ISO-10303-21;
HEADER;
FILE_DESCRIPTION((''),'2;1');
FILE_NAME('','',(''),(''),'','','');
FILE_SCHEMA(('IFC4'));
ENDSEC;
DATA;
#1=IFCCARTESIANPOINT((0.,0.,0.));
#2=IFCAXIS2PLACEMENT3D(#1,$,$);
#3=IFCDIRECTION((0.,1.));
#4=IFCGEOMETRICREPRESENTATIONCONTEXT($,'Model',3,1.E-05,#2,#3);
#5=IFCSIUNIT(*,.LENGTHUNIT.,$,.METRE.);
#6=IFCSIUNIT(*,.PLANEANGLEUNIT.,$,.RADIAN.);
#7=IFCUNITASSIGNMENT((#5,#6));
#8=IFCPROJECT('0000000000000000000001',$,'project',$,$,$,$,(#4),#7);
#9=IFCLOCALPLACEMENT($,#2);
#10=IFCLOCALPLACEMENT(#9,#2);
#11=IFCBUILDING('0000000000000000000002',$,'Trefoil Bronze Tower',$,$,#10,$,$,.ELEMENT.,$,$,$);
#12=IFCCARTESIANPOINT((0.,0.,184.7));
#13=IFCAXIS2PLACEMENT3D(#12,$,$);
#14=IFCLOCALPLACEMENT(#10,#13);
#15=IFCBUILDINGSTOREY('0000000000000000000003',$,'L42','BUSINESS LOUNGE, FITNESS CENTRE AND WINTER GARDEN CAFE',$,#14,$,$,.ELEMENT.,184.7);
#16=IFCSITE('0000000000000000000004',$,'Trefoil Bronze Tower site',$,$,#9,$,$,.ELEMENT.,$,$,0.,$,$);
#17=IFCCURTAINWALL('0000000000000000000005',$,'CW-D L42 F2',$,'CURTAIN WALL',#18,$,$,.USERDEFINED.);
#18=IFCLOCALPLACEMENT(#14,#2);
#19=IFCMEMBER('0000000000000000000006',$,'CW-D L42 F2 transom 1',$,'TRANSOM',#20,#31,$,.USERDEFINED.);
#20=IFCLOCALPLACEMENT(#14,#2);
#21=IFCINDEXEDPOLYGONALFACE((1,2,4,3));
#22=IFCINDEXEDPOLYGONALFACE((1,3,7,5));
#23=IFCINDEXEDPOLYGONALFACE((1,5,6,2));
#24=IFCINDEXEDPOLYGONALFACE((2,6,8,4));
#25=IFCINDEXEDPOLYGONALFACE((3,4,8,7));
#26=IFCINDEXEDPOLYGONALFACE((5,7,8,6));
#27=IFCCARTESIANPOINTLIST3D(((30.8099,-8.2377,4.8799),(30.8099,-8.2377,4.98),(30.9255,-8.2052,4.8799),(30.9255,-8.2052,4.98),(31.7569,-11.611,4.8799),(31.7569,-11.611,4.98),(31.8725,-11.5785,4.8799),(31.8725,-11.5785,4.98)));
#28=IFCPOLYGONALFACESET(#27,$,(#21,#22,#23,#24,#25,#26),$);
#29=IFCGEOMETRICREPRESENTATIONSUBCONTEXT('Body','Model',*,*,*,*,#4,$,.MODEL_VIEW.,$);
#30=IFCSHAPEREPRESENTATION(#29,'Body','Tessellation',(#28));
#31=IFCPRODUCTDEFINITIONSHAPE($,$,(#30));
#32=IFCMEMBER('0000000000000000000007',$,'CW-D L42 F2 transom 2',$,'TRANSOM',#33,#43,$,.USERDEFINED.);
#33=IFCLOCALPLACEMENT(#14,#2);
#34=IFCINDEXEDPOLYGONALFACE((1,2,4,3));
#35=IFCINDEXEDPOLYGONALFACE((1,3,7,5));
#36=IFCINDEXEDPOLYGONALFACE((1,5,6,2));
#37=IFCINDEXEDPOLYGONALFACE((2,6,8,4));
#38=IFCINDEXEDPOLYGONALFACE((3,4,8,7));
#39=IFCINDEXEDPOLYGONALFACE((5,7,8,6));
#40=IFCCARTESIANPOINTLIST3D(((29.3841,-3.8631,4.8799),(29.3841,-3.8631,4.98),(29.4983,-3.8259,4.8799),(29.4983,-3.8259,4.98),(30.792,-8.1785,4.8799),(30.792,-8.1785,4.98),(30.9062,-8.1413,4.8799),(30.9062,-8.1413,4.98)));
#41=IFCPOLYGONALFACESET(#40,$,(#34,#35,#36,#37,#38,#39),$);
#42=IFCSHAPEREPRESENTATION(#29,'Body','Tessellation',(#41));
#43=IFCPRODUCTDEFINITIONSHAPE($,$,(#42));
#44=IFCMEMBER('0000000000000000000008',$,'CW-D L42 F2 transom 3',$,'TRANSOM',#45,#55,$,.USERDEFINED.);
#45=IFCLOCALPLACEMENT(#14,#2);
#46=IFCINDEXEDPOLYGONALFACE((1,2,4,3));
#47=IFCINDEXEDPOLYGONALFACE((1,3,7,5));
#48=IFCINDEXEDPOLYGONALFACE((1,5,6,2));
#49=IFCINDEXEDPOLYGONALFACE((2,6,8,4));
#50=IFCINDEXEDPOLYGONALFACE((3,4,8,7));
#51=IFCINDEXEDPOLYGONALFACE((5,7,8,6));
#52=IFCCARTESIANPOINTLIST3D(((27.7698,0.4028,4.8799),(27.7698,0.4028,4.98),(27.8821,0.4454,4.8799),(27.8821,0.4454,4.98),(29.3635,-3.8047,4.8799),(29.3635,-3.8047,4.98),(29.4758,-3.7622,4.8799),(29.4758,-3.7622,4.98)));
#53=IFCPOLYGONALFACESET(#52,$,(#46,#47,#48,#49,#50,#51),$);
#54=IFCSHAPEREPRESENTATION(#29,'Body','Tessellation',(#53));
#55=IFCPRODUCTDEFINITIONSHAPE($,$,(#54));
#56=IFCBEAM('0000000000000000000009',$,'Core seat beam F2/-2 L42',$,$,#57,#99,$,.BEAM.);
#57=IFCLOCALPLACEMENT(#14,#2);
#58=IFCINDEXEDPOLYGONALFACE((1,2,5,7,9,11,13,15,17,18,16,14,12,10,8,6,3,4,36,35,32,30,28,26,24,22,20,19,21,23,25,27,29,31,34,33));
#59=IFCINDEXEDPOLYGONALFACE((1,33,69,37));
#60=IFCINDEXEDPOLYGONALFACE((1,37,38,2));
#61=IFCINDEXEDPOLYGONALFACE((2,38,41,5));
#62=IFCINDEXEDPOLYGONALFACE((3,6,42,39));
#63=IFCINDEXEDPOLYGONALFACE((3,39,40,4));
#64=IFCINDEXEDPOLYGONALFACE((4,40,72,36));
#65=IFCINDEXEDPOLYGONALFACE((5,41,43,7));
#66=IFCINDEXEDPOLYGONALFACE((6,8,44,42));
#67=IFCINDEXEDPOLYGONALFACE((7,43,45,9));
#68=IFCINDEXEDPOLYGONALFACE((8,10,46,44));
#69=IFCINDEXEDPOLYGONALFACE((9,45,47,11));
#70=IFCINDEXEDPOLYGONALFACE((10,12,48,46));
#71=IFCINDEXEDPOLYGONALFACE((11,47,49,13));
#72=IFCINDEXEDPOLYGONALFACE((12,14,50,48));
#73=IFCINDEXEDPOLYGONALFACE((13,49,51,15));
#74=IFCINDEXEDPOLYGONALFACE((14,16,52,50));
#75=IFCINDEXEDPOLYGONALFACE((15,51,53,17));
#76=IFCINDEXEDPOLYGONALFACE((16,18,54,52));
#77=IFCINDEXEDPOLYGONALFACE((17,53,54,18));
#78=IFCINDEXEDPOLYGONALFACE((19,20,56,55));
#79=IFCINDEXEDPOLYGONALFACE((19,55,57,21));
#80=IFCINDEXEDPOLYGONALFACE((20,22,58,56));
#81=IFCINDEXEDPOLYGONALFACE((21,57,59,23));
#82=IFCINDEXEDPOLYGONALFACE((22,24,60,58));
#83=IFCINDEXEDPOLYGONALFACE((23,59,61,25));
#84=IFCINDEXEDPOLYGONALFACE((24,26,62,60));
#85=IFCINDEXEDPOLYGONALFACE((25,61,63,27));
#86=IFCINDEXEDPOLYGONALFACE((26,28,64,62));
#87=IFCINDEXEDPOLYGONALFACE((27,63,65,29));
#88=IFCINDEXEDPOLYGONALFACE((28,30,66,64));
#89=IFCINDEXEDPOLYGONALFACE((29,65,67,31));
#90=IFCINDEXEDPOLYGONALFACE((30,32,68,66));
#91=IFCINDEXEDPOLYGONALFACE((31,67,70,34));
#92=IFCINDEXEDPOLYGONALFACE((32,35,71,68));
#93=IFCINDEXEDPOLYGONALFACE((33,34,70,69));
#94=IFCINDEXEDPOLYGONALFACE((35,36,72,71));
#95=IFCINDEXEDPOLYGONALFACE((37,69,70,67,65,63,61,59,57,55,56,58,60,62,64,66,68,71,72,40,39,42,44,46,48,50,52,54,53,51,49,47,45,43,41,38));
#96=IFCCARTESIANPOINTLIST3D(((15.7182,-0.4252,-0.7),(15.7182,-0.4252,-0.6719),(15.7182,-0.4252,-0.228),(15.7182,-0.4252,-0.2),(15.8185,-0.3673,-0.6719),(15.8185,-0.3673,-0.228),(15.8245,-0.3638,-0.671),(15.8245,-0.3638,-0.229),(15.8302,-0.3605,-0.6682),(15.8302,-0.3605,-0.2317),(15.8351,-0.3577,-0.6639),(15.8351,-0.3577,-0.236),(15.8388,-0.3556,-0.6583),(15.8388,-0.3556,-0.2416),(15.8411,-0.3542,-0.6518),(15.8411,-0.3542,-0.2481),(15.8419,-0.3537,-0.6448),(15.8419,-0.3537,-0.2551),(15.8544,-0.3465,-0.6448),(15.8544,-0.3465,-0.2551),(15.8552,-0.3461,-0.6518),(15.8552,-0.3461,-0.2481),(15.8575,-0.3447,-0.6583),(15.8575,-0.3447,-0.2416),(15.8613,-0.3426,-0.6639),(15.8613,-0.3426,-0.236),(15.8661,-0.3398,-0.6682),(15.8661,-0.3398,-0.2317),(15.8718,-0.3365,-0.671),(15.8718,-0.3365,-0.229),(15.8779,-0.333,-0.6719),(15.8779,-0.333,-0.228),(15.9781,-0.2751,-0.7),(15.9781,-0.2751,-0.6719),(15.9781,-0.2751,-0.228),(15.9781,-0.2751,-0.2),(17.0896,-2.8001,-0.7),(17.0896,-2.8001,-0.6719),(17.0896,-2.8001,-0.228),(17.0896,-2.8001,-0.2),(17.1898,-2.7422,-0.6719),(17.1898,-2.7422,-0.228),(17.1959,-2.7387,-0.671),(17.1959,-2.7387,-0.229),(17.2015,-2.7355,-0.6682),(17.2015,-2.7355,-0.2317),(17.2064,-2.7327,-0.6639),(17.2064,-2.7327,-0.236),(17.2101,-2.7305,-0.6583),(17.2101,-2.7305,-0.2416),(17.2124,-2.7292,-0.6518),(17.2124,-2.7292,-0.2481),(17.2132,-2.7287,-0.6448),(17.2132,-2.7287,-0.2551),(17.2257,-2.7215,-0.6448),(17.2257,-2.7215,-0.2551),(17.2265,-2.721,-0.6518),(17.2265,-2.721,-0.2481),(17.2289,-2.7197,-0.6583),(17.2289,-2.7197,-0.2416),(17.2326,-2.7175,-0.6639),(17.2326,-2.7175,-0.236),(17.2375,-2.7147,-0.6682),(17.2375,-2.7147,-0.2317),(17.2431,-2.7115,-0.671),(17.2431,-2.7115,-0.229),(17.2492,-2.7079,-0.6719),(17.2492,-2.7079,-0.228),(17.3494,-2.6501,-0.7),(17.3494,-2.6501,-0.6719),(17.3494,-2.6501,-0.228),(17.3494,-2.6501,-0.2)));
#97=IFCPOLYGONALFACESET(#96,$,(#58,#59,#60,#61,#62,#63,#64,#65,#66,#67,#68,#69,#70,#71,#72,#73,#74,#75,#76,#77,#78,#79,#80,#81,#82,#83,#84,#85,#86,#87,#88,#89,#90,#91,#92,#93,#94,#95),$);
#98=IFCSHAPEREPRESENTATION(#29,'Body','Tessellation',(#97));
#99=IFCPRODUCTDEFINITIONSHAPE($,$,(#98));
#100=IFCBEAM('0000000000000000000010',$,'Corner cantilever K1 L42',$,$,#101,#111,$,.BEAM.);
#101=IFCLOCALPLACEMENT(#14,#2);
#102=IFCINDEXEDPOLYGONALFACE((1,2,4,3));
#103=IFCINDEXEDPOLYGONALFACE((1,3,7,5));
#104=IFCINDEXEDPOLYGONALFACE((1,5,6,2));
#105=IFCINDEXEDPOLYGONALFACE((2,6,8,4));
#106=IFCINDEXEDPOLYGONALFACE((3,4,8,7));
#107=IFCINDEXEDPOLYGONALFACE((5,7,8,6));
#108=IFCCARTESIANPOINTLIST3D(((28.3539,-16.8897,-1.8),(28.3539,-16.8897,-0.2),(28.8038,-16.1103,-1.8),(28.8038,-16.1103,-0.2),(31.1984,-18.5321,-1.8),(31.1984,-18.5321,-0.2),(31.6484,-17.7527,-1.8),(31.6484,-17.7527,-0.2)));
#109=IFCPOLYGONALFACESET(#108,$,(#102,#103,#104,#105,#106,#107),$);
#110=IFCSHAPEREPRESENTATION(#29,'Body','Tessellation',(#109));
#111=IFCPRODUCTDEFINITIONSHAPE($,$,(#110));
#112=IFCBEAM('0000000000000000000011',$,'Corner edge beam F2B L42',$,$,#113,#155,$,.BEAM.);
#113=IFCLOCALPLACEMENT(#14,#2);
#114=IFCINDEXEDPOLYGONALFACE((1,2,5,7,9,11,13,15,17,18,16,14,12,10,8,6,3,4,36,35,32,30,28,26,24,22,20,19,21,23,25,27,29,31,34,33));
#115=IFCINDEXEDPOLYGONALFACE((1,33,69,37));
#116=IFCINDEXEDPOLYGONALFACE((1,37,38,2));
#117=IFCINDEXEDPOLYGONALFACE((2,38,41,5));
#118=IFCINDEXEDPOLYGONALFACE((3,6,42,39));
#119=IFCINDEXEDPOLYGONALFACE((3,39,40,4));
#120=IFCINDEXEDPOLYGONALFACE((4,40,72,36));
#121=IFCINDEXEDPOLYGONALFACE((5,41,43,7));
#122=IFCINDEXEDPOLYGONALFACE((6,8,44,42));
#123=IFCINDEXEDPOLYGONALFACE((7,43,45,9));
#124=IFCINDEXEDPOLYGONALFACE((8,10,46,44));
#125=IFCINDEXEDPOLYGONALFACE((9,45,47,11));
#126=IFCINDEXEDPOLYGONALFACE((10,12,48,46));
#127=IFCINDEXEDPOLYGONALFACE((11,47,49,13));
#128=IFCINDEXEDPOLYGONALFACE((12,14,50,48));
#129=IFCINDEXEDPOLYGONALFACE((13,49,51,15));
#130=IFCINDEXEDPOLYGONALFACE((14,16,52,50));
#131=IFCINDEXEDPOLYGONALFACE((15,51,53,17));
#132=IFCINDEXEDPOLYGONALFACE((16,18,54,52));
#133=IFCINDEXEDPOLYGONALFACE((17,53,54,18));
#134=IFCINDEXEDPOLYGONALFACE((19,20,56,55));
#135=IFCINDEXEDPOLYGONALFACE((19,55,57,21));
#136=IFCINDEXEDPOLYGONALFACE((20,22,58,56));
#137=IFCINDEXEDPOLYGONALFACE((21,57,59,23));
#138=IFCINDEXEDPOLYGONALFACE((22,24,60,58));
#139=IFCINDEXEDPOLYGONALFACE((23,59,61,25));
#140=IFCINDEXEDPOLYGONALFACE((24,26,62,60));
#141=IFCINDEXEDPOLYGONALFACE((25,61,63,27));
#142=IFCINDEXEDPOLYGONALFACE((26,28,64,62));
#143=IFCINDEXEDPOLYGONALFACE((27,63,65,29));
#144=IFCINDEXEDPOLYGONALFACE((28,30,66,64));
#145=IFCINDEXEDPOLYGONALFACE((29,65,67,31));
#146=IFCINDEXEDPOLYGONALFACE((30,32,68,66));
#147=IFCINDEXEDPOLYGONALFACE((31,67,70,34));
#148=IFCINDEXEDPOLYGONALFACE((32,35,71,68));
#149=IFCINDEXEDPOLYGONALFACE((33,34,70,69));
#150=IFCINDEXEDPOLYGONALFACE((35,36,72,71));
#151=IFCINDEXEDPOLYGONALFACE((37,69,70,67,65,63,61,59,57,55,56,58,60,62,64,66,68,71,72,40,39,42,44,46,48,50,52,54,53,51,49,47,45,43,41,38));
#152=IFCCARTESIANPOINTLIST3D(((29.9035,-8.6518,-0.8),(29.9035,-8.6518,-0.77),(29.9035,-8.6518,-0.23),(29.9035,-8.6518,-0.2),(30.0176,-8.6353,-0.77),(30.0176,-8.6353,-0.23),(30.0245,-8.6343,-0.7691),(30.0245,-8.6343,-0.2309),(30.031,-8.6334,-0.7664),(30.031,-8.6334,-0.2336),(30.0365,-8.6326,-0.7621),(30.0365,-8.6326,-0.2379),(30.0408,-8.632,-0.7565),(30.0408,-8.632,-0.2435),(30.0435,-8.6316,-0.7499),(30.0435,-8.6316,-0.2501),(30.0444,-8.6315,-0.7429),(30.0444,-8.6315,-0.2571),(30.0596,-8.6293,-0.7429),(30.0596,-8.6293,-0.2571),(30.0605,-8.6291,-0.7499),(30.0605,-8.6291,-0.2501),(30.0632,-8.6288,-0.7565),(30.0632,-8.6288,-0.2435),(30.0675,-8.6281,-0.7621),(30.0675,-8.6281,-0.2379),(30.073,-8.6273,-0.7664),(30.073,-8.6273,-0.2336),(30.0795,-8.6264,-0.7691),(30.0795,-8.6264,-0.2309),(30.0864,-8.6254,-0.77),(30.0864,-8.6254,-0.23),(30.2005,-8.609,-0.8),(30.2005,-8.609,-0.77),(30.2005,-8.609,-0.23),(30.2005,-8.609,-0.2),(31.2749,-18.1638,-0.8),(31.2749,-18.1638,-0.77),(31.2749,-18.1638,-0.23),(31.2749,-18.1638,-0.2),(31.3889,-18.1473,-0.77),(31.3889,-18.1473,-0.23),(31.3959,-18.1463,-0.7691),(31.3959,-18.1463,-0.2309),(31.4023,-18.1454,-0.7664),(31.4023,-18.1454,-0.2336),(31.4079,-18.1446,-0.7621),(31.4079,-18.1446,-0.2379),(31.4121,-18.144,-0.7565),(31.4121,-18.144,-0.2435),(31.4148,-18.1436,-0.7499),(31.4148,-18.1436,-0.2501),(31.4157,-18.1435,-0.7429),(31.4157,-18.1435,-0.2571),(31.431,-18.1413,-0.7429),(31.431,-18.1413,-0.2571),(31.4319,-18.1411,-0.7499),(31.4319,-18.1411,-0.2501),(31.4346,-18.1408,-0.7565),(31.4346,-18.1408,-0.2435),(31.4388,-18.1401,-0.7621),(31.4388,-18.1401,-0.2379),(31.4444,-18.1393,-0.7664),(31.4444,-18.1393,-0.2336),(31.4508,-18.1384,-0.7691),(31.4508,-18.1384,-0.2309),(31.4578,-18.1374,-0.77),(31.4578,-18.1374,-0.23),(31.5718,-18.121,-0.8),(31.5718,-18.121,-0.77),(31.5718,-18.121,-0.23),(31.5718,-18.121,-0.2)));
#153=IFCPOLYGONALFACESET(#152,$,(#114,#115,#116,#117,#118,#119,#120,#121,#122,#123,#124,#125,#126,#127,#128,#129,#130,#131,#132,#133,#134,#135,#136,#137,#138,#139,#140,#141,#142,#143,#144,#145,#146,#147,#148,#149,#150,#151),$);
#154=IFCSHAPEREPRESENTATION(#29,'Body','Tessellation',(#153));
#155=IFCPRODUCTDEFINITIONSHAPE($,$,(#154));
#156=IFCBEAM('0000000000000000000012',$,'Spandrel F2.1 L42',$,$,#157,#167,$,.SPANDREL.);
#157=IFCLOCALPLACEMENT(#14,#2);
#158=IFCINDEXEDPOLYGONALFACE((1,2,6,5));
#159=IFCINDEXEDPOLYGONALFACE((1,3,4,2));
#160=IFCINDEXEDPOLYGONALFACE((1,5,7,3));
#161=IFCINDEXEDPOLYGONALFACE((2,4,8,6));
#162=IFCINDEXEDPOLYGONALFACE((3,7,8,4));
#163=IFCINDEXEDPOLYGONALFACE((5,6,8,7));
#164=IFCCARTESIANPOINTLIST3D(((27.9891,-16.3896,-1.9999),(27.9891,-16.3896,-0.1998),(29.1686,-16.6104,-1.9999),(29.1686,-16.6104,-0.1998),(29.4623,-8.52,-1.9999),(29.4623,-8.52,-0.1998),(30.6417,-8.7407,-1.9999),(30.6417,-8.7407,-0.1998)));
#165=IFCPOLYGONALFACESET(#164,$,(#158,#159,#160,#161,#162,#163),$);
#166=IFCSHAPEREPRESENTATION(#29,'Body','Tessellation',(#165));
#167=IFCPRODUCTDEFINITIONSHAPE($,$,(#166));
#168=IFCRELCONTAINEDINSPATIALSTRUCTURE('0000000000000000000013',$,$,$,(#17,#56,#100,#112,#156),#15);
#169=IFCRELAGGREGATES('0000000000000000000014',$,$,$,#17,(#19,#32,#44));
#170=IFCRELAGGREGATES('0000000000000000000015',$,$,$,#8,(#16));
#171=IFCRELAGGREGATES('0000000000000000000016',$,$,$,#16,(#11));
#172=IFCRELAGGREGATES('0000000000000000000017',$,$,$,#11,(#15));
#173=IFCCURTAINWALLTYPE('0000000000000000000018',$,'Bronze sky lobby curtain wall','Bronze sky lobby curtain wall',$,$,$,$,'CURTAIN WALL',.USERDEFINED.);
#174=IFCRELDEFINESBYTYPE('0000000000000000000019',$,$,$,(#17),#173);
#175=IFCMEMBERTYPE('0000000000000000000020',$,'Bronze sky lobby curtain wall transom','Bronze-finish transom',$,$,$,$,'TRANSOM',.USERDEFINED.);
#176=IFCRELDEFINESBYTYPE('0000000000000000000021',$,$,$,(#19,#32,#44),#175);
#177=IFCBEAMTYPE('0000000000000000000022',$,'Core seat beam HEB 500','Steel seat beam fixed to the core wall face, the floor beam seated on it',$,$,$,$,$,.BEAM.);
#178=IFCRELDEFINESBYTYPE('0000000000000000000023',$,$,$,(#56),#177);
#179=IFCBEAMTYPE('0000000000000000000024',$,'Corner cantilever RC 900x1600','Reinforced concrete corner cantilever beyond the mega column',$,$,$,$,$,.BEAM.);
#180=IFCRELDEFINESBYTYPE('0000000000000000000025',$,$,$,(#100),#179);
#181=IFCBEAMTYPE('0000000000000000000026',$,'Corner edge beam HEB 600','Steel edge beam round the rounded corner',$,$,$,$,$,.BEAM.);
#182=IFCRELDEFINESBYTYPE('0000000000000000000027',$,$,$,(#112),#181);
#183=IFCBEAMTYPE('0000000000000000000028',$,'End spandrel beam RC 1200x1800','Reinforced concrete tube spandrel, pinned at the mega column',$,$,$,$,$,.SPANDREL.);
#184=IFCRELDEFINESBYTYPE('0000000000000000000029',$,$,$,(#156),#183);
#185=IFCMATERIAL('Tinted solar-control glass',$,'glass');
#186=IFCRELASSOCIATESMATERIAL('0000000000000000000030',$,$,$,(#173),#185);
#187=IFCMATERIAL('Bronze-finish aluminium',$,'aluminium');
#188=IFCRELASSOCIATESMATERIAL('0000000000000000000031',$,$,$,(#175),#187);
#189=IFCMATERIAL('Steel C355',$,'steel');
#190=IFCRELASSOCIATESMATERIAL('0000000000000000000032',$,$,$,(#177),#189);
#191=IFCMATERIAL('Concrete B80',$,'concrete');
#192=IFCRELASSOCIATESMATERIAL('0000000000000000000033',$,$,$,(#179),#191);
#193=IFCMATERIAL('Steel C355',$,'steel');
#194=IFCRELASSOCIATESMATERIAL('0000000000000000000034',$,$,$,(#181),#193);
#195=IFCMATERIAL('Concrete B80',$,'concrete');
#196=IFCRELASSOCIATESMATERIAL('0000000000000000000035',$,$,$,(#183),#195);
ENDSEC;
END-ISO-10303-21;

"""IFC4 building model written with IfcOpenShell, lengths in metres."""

from ifc_helpers import new_model, si_unit, direction, frame, origin, origin_2d, place, context, subcontext, project, spatial, rectangle, i_section, extrude, material, material_profile, profile_set, type_object, element, aggregate, save


model = new_model("IFC4")

# Units and contexts
model_context = context("Model", 3, precision=1e-05, world=origin(), true_north=direction((0.0, 1.0)))
body_context = subcontext(model_context, "Body", "Model", "MODEL_VIEW")
ifc_project = project(units=[si_unit("LENGTHUNIT", "METRE"), si_unit("PLANEANGLEUNIT", "RADIAN")], contexts=[model_context])

# Site, building, storey
site_placement = place(None, origin())
site = spatial("IfcSite", under=ifc_project, at=site_placement, Name="Trefoil Bronze Tower site", CompositionType="ELEMENT", RefElevation=0.0)
building_placement = place(site_placement, origin())
building = spatial("IfcBuilding", under=site, at=building_placement, Name="Trefoil Bronze Tower", CompositionType="ELEMENT")
storey_placement = place(building_placement, frame((0.0, 0.0, 184.7)))
storey = spatial("IfcBuildingStorey", under=building, at=storey_placement, Name="L42", Description="BUSINESS LOUNGE, FITNESS CENTRE AND WINTER GARDEN CAFE", CompositionType="ELEMENT", Elevation=184.7)

# Curtain wall, members
ifc_material_1 = material(Name="Tinted solar-control glass", Category="glass")
curtain_wall_type_1 = type_object("IfcCurtainWallType", Name="Bronze sky lobby curtain wall", Description="Bronze sky lobby curtain wall", ElementType="CURTAIN WALL", PredefinedType="USERDEFINED", material=ifc_material_1)
curtain_wall_1_placement = place(storey_placement, origin())
curtain_wall_1 = element("IfcCurtainWall", 1, at=curtain_wall_1_placement, inside=storey, type_object=curtain_wall_type_1, Name="CW-D L42 F2", ObjectType="CURTAIN WALL", PredefinedType="USERDEFINED")
ifc_material_2 = material(Name="Bronze-finish aluminium", Category="aluminium")
ifc_material_profile_1 = material_profile(ifc_material_2, rectangle(XDim=0.1201, YDim=0.1001, at=origin_2d()), Name="CW-D transom")
ifc_profile_set_1 = profile_set([ifc_material_profile_1], Name="Bronze-finish aluminium")
member_type_1 = type_object("IfcMemberType", Name="Bronze sky lobby curtain wall transom", Description="Bronze-finish transom", ElementType="TRANSOM", PredefinedType="USERDEFINED", material=ifc_profile_set_1)
member_1_placement = place(storey_placement, frame((31.8147, -11.5947, 4.9299), z_axis=(-0.270292, 0.962779, 0.0), x_axis=(-0.962779, -0.270292, 0.0)))
member_1 = element("IfcMember", 2, at=member_1_placement, type_object=member_type_1, Name="CW-D L42 F2 transom 1", ObjectType="TRANSOM", PredefinedType="USERDEFINED", context=body_context, shape_type="SweptSolid", body=[
    extrude(rectangle(XDim=0.1201, YDim=0.1001, at=origin_2d()), origin(), (0.0, 0.0, 1.0), 3.5037),
])
member_2_placement = place(storey_placement, frame((30.8491, -8.1599, 4.9299), z_axis=(-0.310171, 0.950681, 0.0), x_axis=(-0.950681, -0.310171, 0.0)))
member_2 = element("IfcMember", 3, at=member_2_placement, type_object=member_type_1, Name="CW-D L42 F2 transom 2", ObjectType="TRANSOM", PredefinedType="USERDEFINED", context=body_context, shape_type="SweptSolid", body=[
    extrude(rectangle(XDim=0.1201, YDim=0.1001, at=origin_2d()), origin(), (0.0, 0.0, 1.0), 4.5393),
])
member_3_placement = place(storey_placement, frame((29.4197, -3.7834, 4.9299), z_axis=(-0.354226, 0.93516, 0.0), x_axis=(-0.93516, -0.354226, 0.0)))
member_3 = element("IfcMember", 4, at=member_3_placement, type_object=member_type_1, Name="CW-D L42 F2 transom 3", ObjectType="TRANSOM", PredefinedType="USERDEFINED", context=body_context, shape_type="SweptSolid", body=[
    extrude(rectangle(XDim=0.1201, YDim=0.1001, at=origin_2d()), origin(), (0.0, 0.0, 1.0), 4.4993),
])

# Beams
ifc_material_3 = material(Name="Steel C355", Category="steel")
ifc_material_profile_2 = material_profile(ifc_material_3, i_section(OverallWidth=0.3, OverallDepth=0.5, WebThickness=0.0144, FlangeThickness=0.0281, FilletRadius=0.0271, at=origin_2d()), Name="HEB 500")
ifc_profile_set_2 = profile_set([ifc_material_profile_2], Name="Steel C355")
beam_type_1 = type_object("IfcBeamType", Name="Core seat beam HEB 500", Description="Steel seat beam fixed to the core wall face, the floor beam seated on it", PredefinedType="BEAM", material=ifc_profile_set_2)
beam_1_placement = place(storey_placement, frame((17.2195, -2.7251, -0.45), z_axis=(-0.500036, 0.866005, 0.0), x_axis=(-0.866005, -0.500036, 0.0)))
element("IfcBeam", 5, at=beam_1_placement, inside=storey, type_object=beam_type_1, Name="Core seat beam F2/-2 L42", PredefinedType="BEAM", context=body_context, shape_type="SweptSolid", body=[
    extrude(i_section(OverallWidth=0.3, OverallDepth=0.5, WebThickness=0.0144, FlangeThickness=0.0281, FilletRadius=0.0271, at=origin_2d()), origin(), (0.0, 0.0, 1.0), 2.7424),
])
ifc_material_4 = material(Name="Concrete B80", Category="concrete")
ifc_material_profile_3 = material_profile(ifc_material_4, rectangle(XDim=0.8999, YDim=1.6001, at=origin_2d()), Name="RC 900x1600")
ifc_profile_set_3 = profile_set([ifc_material_profile_3], Name="Concrete B80")
beam_type_2 = type_object("IfcBeamType", Name="Corner cantilever RC 900x1600", Description="Reinforced concrete corner cantilever beyond the mega column", PredefinedType="BEAM", material=ifc_profile_set_3)
beam_2_placement = place(storey_placement, frame((28.5789, -16.5, -1.0), z_axis=(0.866016, -0.500016, 0.0), x_axis=(0.500016, 0.866016, 0.0)))
element("IfcBeam", 6, at=beam_2_placement, inside=storey, type_object=beam_type_2, Name="Corner cantilever K1 L42", PredefinedType="BEAM", context=body_context, shape_type="SweptSolid", body=[
    extrude(rectangle(XDim=0.8999, YDim=1.6001, at=origin_2d()), origin(), (0.0, 0.0, 1.0), 3.2847),
])
ifc_material_5 = material(Name="Steel C355", Category="steel")
ifc_material_profile_4 = material_profile(ifc_material_5, i_section(OverallWidth=0.3, OverallDepth=0.6001, WebThickness=0.0154, FlangeThickness=0.03, FilletRadius=0.0271, at=origin_2d()), Name="HEB 600")
ifc_profile_set_4 = profile_set([ifc_material_profile_4], Name="Steel C355")
beam_type_3 = type_object("IfcBeamType", Name="Corner edge beam HEB 600", Description="Steel edge beam round the rounded corner", PredefinedType="BEAM", material=ifc_profile_set_4)
beam_3_placement = place(storey_placement, frame((30.052, -8.6304, -0.5), z_axis=(0.142694, -0.989767, 0.0), x_axis=(0.989767, 0.142694, 0.0)))
element("IfcBeam", 7, at=beam_3_placement, inside=storey, type_object=beam_type_3, Name="Corner edge beam F2B L42", PredefinedType="BEAM", context=body_context, shape_type="SweptSolid", body=[
    extrude(i_section(OverallWidth=0.3, OverallDepth=0.6001, WebThickness=0.0154, FlangeThickness=0.03, FilletRadius=0.0271, at=origin_2d()), origin(), (0.0, 0.0, 1.0), 9.6104),
])
ifc_material_6 = material(Name="Concrete B80", Category="concrete")
ifc_material_profile_5 = material_profile(ifc_material_6, rectangle(XDim=1.2, YDim=1.8, at=origin_2d()), Name="RC 1200x1800")
ifc_profile_set_5 = profile_set([ifc_material_profile_5], Name="Concrete B80")
beam_type_4 = type_object("IfcBeamType", Name="End spandrel beam RC 1200x1800", Description="Reinforced concrete tube spandrel, pinned at the mega column", PredefinedType="SPANDREL", material=ifc_profile_set_5)
beam_4_placement = place(storey_placement, frame((28.5789, -16.5, -1.0999), z_axis=(0.183998, 0.982927, 0.0), x_axis=(-0.982927, 0.183998, 0.0)))
element("IfcBeam", 8, at=beam_4_placement, inside=storey, type_object=beam_type_4, Name="Spandrel F2.1 L42", PredefinedType="SPANDREL", context=body_context, shape_type="SweptSolid", body=[
    extrude(rectangle(XDim=1.2, YDim=1.8, at=origin_2d()), origin(), (0.0, 0.0, 1.0), 8.0063),
])

aggregate(curtain_wall_1, [member_1, member_2, member_3])

save(model, "model.ifc")
